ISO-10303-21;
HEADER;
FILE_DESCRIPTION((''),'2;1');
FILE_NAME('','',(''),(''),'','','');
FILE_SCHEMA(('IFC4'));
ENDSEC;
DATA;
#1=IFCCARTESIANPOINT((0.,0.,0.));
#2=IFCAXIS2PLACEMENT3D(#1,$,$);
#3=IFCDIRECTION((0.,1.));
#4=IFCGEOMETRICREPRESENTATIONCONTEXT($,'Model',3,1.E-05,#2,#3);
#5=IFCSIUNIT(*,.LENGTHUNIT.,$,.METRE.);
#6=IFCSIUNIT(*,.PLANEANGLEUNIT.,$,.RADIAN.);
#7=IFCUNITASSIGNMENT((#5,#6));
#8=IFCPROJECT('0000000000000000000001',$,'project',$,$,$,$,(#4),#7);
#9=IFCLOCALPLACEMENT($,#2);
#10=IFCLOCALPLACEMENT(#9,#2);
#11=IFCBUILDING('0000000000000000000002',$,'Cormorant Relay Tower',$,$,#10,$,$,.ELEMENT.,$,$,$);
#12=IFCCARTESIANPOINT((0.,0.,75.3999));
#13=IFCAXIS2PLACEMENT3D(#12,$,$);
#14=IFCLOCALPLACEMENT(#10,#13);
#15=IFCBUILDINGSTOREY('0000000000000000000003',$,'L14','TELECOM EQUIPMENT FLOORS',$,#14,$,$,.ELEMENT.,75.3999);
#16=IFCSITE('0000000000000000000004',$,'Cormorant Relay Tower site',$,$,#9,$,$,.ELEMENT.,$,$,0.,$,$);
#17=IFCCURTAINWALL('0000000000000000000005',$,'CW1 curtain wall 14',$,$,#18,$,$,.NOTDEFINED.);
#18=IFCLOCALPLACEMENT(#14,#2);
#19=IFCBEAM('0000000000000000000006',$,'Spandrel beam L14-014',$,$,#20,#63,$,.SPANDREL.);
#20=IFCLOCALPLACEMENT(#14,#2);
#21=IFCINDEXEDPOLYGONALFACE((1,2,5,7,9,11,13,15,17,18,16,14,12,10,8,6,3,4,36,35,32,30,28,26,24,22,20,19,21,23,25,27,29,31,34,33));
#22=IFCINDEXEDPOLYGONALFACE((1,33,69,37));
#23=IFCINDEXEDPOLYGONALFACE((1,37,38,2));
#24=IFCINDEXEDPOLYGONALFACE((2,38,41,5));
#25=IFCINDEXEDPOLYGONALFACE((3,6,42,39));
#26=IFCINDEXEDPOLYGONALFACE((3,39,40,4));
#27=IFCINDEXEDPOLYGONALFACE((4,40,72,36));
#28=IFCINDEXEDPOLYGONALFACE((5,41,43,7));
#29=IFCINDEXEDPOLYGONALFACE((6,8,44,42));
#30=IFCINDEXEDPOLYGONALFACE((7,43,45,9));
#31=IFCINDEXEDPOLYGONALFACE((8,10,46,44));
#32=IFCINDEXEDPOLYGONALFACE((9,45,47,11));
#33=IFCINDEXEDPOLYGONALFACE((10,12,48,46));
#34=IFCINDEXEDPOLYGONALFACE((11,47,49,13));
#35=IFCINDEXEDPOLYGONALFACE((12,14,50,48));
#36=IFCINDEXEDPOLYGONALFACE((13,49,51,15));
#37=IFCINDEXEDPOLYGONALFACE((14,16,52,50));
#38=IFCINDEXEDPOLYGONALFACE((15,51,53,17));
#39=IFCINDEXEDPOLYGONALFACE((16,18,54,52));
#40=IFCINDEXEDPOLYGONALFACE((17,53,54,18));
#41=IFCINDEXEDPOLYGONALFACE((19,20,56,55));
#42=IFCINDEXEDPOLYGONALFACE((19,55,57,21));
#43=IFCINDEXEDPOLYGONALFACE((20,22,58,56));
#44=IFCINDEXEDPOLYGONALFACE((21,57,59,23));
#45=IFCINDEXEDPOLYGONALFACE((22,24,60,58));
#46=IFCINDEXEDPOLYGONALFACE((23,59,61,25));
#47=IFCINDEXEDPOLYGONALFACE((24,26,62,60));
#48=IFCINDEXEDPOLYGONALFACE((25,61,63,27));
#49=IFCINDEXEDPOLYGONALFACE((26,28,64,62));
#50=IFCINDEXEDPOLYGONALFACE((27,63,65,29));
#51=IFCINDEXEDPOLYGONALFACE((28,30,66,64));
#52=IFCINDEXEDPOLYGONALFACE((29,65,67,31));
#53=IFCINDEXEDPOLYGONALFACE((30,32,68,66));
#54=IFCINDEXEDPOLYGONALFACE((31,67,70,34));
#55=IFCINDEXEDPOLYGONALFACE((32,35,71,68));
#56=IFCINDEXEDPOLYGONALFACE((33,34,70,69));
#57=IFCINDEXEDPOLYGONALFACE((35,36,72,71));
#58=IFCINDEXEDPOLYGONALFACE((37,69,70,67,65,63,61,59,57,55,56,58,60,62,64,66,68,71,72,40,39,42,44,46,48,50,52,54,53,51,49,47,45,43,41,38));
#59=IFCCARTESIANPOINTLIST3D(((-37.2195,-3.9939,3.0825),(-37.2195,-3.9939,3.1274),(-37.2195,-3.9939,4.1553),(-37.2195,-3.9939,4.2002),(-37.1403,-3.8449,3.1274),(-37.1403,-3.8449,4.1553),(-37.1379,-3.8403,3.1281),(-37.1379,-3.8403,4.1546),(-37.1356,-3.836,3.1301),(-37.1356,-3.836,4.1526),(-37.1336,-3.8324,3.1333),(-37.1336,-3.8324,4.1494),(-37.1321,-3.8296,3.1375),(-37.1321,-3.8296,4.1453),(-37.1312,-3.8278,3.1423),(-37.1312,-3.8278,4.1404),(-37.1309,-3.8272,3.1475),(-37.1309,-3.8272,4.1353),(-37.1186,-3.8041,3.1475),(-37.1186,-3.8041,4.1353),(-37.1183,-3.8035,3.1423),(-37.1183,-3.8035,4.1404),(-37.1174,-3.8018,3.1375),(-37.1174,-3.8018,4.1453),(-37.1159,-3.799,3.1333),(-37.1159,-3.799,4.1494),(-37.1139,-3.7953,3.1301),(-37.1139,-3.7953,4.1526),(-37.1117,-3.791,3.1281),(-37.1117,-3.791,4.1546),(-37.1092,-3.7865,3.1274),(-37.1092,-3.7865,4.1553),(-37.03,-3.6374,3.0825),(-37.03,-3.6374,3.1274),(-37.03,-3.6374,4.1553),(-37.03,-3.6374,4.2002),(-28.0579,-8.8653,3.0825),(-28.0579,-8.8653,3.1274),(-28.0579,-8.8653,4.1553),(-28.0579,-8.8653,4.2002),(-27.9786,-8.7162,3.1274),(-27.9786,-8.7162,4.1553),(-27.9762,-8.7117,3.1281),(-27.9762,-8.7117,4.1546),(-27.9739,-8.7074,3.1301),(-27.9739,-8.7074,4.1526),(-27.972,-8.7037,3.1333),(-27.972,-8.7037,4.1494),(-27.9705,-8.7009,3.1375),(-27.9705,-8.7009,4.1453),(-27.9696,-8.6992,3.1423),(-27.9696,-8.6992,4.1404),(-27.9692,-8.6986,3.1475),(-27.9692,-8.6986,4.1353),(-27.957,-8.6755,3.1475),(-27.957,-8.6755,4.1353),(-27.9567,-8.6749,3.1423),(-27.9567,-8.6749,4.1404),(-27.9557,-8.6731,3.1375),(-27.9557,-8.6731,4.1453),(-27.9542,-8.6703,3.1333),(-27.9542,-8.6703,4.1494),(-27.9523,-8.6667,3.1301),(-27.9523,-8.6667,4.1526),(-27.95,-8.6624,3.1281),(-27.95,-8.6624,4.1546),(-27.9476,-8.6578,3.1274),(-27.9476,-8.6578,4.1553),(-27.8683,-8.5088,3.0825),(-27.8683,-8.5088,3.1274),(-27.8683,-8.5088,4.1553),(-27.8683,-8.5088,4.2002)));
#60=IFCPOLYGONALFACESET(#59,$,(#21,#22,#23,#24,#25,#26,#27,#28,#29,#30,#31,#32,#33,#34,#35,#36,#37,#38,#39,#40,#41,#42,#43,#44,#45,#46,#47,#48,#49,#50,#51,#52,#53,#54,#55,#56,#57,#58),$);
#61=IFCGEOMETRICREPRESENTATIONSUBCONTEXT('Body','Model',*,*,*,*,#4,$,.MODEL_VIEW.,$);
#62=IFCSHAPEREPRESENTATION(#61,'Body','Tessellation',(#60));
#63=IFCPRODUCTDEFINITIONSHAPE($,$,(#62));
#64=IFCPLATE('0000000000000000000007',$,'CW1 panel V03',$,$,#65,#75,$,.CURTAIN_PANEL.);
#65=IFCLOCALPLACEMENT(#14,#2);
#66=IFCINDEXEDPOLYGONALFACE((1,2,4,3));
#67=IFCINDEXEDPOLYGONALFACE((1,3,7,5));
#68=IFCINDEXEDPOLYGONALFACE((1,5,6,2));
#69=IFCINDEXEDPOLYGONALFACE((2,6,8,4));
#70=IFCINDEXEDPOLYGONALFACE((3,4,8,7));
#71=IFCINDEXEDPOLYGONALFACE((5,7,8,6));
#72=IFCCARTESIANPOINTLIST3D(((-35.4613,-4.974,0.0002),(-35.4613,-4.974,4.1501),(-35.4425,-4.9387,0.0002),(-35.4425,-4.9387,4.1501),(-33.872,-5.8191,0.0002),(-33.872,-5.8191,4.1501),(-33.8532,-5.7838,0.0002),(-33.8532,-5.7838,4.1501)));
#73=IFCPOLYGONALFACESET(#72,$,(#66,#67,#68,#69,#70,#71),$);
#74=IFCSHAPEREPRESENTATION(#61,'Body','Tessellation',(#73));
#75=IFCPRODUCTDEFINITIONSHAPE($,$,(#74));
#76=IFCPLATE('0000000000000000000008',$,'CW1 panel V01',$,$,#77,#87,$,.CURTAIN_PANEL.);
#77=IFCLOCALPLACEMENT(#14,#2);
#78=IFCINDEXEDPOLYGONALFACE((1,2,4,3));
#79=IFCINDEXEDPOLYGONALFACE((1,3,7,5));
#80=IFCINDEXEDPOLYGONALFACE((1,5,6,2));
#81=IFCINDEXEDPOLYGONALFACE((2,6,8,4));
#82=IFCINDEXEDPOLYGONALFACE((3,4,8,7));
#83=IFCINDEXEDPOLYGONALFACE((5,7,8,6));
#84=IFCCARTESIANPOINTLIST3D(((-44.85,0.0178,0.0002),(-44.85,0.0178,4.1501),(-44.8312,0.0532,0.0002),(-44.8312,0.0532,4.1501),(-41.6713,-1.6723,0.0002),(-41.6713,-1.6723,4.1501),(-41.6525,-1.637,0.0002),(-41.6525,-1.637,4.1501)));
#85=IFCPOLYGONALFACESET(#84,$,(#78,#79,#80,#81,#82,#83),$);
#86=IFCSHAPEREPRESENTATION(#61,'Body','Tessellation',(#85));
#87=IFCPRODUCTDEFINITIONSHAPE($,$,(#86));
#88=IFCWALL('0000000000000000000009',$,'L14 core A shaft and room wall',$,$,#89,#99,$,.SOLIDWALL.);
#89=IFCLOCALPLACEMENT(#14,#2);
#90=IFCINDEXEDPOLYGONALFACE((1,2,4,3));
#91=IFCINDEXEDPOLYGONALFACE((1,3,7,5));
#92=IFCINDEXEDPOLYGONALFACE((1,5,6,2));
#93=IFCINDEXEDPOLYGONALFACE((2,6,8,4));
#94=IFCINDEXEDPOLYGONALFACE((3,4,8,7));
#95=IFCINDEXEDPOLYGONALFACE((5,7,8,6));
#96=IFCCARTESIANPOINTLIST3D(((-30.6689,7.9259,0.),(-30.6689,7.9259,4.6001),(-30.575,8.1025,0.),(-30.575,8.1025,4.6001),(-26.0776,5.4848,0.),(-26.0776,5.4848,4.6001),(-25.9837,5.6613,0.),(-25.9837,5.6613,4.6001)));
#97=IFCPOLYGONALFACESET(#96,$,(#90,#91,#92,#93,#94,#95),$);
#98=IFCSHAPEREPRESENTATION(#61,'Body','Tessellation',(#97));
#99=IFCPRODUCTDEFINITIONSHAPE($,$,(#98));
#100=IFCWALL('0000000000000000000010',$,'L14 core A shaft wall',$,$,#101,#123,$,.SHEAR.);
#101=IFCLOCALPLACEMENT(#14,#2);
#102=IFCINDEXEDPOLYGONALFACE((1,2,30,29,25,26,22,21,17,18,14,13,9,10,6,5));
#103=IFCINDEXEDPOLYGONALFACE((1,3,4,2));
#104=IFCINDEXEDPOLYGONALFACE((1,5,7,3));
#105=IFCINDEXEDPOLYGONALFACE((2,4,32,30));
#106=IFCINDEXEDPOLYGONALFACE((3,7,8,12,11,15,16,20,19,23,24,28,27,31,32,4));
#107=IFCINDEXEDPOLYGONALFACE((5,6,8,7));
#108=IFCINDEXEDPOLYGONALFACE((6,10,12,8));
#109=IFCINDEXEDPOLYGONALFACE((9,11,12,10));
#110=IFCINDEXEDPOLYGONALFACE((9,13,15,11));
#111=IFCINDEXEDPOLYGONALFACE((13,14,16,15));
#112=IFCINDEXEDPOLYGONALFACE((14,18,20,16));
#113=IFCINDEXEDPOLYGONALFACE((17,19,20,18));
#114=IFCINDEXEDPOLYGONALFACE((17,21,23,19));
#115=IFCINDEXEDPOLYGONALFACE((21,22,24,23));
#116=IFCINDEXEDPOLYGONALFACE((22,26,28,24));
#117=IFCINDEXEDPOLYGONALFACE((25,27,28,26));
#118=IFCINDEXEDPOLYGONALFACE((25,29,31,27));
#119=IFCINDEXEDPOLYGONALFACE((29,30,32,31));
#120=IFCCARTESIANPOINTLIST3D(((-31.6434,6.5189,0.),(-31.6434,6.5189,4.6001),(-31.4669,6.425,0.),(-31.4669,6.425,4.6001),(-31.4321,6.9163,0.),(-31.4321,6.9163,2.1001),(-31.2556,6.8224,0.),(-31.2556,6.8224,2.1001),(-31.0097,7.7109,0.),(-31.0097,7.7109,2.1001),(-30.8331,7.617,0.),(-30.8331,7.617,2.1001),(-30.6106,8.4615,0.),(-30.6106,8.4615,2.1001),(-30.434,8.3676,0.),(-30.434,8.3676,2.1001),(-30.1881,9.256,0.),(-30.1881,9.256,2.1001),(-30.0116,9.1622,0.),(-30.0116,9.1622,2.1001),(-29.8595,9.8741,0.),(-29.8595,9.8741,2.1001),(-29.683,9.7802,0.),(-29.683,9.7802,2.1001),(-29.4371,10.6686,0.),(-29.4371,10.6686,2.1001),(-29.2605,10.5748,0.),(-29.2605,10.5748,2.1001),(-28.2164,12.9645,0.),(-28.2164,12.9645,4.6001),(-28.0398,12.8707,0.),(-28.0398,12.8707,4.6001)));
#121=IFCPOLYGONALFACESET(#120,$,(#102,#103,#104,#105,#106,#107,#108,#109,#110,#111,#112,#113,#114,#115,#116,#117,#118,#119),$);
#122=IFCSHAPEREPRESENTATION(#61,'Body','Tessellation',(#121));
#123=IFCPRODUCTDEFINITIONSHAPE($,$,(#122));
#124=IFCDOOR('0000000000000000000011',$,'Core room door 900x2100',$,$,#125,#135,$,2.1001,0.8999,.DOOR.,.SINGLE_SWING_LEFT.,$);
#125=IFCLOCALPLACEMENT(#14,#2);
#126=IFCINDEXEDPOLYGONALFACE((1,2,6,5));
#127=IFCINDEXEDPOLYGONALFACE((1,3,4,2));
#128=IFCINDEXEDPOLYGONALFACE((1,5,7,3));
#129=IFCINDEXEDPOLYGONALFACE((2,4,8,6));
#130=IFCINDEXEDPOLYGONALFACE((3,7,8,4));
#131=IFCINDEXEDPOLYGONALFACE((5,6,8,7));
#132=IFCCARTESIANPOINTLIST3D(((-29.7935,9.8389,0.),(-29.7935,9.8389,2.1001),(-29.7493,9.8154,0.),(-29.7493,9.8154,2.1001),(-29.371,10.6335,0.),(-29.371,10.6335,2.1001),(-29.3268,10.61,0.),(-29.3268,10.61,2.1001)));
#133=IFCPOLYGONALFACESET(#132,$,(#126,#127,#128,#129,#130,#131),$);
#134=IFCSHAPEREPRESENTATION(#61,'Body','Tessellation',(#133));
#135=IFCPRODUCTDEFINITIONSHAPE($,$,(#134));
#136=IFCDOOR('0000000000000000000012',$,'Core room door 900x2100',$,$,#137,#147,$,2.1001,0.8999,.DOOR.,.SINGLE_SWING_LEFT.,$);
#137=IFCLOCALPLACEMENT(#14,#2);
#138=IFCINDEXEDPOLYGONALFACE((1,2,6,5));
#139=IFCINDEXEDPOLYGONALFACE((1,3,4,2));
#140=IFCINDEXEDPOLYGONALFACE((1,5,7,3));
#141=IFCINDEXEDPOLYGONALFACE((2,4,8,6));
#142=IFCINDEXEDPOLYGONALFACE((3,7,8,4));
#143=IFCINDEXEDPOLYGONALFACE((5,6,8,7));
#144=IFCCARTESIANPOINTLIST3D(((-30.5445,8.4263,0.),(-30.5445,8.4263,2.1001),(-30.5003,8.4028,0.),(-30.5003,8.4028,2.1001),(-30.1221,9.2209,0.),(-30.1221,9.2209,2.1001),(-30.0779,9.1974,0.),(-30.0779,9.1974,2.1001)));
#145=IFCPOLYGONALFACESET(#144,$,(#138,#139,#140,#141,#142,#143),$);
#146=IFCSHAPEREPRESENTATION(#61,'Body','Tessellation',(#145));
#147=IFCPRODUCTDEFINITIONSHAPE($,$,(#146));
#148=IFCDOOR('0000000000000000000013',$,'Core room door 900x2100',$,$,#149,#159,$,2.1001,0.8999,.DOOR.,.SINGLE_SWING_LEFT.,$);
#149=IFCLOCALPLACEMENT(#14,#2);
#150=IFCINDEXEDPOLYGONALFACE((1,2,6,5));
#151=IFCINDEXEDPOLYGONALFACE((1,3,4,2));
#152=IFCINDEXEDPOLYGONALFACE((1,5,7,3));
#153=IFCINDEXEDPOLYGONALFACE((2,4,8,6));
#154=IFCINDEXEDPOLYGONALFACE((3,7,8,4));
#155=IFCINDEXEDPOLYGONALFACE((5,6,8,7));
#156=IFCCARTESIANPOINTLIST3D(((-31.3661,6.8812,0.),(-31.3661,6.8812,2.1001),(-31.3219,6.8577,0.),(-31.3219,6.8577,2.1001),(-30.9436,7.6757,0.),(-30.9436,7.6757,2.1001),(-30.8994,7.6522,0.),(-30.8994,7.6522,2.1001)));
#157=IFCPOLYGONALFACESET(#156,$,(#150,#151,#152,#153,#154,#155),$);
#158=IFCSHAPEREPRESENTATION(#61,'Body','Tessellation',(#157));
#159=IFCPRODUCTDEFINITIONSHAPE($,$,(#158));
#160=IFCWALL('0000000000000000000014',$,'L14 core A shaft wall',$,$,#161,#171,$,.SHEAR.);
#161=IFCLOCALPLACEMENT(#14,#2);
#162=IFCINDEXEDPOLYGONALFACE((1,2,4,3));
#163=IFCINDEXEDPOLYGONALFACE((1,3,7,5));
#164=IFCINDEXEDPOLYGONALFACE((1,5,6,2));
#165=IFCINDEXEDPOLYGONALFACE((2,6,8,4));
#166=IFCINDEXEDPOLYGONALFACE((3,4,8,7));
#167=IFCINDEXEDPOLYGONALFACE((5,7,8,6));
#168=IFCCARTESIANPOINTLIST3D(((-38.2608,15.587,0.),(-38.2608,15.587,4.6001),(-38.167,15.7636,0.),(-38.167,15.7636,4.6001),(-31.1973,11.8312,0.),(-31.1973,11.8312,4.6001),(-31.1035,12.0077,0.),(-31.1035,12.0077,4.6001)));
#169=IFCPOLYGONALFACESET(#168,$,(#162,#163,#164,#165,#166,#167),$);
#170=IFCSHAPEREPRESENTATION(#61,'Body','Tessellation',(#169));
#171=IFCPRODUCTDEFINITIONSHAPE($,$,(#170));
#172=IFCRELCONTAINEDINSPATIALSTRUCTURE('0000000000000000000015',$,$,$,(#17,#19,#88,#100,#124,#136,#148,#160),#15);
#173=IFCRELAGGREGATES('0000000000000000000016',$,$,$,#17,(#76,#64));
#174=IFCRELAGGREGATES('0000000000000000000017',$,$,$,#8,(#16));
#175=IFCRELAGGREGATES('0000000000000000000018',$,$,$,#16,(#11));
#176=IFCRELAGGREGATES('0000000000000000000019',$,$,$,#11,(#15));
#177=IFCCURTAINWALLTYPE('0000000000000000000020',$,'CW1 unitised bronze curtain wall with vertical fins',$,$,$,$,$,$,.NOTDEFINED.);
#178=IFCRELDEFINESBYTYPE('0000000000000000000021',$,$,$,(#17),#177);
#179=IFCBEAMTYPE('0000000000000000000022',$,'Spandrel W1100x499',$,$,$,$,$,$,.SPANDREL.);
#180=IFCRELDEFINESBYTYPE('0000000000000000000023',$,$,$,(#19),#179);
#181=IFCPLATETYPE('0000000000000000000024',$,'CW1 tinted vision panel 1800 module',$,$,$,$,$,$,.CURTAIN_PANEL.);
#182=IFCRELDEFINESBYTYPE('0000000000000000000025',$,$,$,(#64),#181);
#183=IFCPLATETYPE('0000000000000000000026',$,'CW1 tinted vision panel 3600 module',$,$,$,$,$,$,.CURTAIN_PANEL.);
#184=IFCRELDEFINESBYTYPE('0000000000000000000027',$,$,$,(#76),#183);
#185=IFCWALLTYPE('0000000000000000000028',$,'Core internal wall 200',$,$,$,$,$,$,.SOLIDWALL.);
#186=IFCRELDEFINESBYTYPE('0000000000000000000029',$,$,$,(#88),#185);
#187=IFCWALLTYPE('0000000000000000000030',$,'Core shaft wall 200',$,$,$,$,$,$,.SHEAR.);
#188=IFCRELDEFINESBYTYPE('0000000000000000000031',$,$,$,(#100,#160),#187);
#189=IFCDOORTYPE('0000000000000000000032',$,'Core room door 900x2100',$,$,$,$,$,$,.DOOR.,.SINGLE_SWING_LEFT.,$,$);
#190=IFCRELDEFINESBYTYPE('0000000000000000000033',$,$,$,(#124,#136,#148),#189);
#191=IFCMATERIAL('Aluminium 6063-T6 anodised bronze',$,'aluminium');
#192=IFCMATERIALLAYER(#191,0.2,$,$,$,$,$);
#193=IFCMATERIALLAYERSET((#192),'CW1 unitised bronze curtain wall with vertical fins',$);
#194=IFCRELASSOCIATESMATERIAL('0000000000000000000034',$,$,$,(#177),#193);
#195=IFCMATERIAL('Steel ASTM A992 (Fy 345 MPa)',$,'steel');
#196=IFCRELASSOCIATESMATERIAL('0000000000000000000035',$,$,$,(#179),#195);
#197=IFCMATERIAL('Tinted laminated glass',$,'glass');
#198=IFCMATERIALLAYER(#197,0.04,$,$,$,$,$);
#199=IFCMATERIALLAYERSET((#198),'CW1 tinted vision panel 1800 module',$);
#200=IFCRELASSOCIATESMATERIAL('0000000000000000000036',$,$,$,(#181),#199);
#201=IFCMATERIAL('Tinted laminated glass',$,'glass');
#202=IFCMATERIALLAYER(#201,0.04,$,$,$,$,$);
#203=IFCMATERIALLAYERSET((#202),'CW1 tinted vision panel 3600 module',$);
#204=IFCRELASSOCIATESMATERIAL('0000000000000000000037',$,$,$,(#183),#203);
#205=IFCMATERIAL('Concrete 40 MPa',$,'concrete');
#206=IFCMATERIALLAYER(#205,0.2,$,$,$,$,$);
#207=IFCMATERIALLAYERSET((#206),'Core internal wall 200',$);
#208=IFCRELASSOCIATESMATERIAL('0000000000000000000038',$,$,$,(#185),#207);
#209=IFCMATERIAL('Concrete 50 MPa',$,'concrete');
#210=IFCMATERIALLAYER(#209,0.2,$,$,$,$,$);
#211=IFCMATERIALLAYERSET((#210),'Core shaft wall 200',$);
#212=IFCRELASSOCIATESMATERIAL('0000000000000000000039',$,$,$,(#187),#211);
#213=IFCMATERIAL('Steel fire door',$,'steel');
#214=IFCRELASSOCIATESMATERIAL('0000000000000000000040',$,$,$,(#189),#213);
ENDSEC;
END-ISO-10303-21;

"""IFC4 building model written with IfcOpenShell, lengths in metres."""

from ifc_helpers import new_model, si_unit, direction, frame, frame_2d, origin, origin_2d, place, context, subcontext, project, spatial, rectangle, i_section, extrude, material, layer, layer_set, material_profile, profile_set, type_object, element, fill, aggregate, save


model = new_model("IFC4")

# Units and contexts
model_context = context("Model", 3, precision=1e-05, world=origin(), true_north=direction((0.0, 1.0)))
body_context = subcontext(model_context, "Body", "Model", "MODEL_VIEW")
ifc_project = project(units=[si_unit("LENGTHUNIT", "METRE"), si_unit("PLANEANGLEUNIT", "RADIAN")], contexts=[model_context])

# Site, building, storey
site_placement = place(None, origin())
site = spatial("IfcSite", under=ifc_project, at=site_placement, Name="Cormorant Relay Tower site", CompositionType="ELEMENT", RefElevation=0.0)
building_placement = place(site_placement, origin())
building = spatial("IfcBuilding", under=site, at=building_placement, Name="Cormorant Relay Tower", CompositionType="ELEMENT")
storey_placement = place(building_placement, frame((0.0, 0.0, 75.3999)))
storey = spatial("IfcBuildingStorey", under=building, at=storey_placement, Name="L14", Description="TELECOM EQUIPMENT FLOORS", CompositionType="ELEMENT", Elevation=75.3999)

# Curtain wall
ifc_material_1 = material(Name="Aluminium 6063-T6 anodised bronze", Category="aluminium")
ifc_layer_1 = layer(ifc_material_1, 0.2)
ifc_layer_set_1 = layer_set([ifc_layer_1], Name="CW1 unitised bronze curtain wall with vertical fins")
curtain_wall_type = type_object("IfcCurtainWallType", Name="CW1 unitised bronze curtain wall with vertical fins", PredefinedType="NOTDEFINED", material=ifc_layer_set_1)
curtain_wall_placement = place(storey_placement, origin())
curtain_wall = element("IfcCurtainWall", 1, at=curtain_wall_placement, inside=storey, type_object=curtain_wall_type, Name="CW1 curtain wall 14", PredefinedType="NOTDEFINED")

# Beam
ifc_material_2 = material(Name="Steel ASTM A992 (Fy 345 MPa)", Category="steel")
ifc_material_profile_1 = material_profile(ifc_material_2, i_section(OverallWidth=0.4038, OverallDepth=1.1177, WebThickness=0.0261, FlangeThickness=0.0449, FilletRadius=0.02, at=origin_2d()), Name="W1100x499")
ifc_profile_set_1 = profile_set([ifc_material_profile_1], Name="Steel ASTM A992 (Fy 345 MPa)")
beam_type = type_object("IfcBeamType", Name="Spandrel W1100x499", PredefinedType="SPANDREL", material=ifc_profile_set_1)
beam_placement = place(storey_placement, frame((-37.1248, -3.8157, 3.6414), z_axis=(0.882947, -0.469473, 0.0), x_axis=(0.469473, 0.882947, 0.0)))
element("IfcBeam", 2, at=beam_placement, inside=storey, type_object=beam_type, Name="Spandrel beam L14-014", PredefinedType="SPANDREL", context=body_context, shape_type="SweptSolid", body=[
    extrude(i_section(OverallWidth=0.4038, OverallDepth=1.1177, WebThickness=0.0261, FlangeThickness=0.0449, FilletRadius=0.02, at=origin_2d()), origin(), (0.0, 0.0, 1.0), 10.3762),
])

# Plates
ifc_material_3 = material(Name="Tinted laminated glass", Category="glass")
ifc_layer_2 = layer(ifc_material_3, 0.04)
ifc_layer_set_2 = layer_set([ifc_layer_2], Name="CW1 tinted vision panel 1800 module")
plate_type_1 = type_object("IfcPlateType", Name="CW1 tinted vision panel 1800 module", PredefinedType="CURTAIN_PANEL", material=ifc_layer_set_2)
plate_1_placement = place(storey_placement, frame((-34.6572, -5.3789, 0.0002), z_axis=(0.0, 0.0, 1.0), x_axis=(0.882948, -0.469472, 0.0)))
plate_1 = element("IfcPlate", 3, at=plate_1_placement, type_object=plate_type_1, Name="CW1 panel V03", PredefinedType="CURTAIN_PANEL", context=body_context, shape_type="SweptSolid", body=[
    extrude(rectangle(XDim=1.8, YDim=0.04, at=origin_2d()), origin(), (0.0, 0.0, 1.0), 4.1499),
])
ifc_material_4 = material(Name="Tinted laminated glass", Category="glass")
ifc_layer_3 = layer(ifc_material_4, 0.04)
ifc_layer_set_3 = layer_set([ifc_layer_3], Name="CW1 tinted vision panel 3600 module")
plate_type_2 = type_object("IfcPlateType", Name="CW1 tinted vision panel 3600 module", PredefinedType="CURTAIN_PANEL", material=ifc_layer_set_3)
plate_2_placement = place(storey_placement, frame((-43.2512, -0.8096, 0.0002), z_axis=(0.0, 0.0, 1.0), x_axis=(0.882948, -0.469472, 0.0)))
plate_2 = element("IfcPlate", 4, at=plate_2_placement, type_object=plate_type_2, Name="CW1 panel V01", PredefinedType="CURTAIN_PANEL", context=body_context, shape_type="SweptSolid", body=[
    extrude(rectangle(XDim=3.6001, YDim=0.04, at=origin_2d()), origin(), (0.0, 0.0, 1.0), 4.1499),
])

# Wall
ifc_material_5 = material(Name="Concrete 40 MPa", Category="concrete")
ifc_layer_4 = layer(ifc_material_5, 0.2)
ifc_layer_set_4 = layer_set([ifc_layer_4], Name="Core internal wall 200")
wall_type_1 = type_object("IfcWallType", Name="Core internal wall 200", PredefinedType="SOLIDWALL", material=ifc_layer_set_4)
wall_1_placement = place(storey_placement, frame((-26.0305, 5.573, 0.0), z_axis=(0.0, 0.0, 1.0), x_axis=(-0.882954, 0.46946, 0.0)))
element("IfcWall", 5, at=wall_1_placement, inside=storey, type_object=wall_type_1, Name="L14 core A shaft and room wall", PredefinedType="SOLIDWALL", context=body_context, shape_type="SweptSolid", body=[
    extrude(rectangle(XDim=5.2, YDim=0.2, at=frame_2d((2.6001, 0.0))), origin(), (0.0, 0.0, 1.0), 4.6001),
])

# Wall, openings, doors
ifc_material_6 = material(Name="Concrete 50 MPa", Category="concrete")
ifc_layer_5 = layer(ifc_material_6, 0.2)
ifc_layer_set_5 = layer_set([ifc_layer_5], Name="Core shaft wall 200")
wall_type_2 = type_object("IfcWallType", Name="Core shaft wall 200", PredefinedType="SHEAR", material=ifc_layer_set_5)
wall_2_placement = place(storey_placement, frame((-28.1282, 12.9175, 0.0), z_axis=(0.0, 0.0, 1.0), x_axis=(-0.469454, -0.882957, 0.0)))
wall_2 = element("IfcWall", 6, at=wall_2_placement, inside=storey, type_object=wall_type_2, Name="L14 core A shaft wall", PredefinedType="SHEAR", context=body_context, shape_type="SweptSolid", body=[
    extrude(rectangle(XDim=7.3, YDim=0.2, at=frame_2d((3.6499, 0.0))), origin(), (0.0, 0.0, 1.0), 4.6001),
])
opening_1_placement = place(wall_2_placement, frame((2.6001, 0.0, 0.0)))
opening_1 = element("IfcOpeningElement", 7, at=opening_1_placement, cuts=wall_2, PredefinedType="OPENING", context=body_context, shape_type="SweptSolid", body=[
    extrude(rectangle(XDim=0.8999, YDim=2.1001, at=frame_2d((0.45, 1.05))), frame((0.0, 0.1099, 0.0), z_axis=(0.0, -1.0, 0.0), x_axis=(1.0, 0.0, 0.0)), (0.0, 0.0, 1.0), 0.22),
])
opening_2_placement = place(wall_2_placement, frame((4.2, 0.0, 0.0)))
opening_2 = element("IfcOpeningElement", 8, at=opening_2_placement, cuts=wall_2, PredefinedType="OPENING", context=body_context, shape_type="SweptSolid", body=[
    extrude(rectangle(XDim=0.8999, YDim=2.1001, at=frame_2d((0.45, 1.05))), frame((0.0, 0.1099, 0.0), z_axis=(0.0, -1.0, 0.0), x_axis=(1.0, 0.0, 0.0)), (0.0, 0.0, 1.0), 0.22),
])
opening_3_placement = place(wall_2_placement, frame((5.95, 0.0, 0.0)))
opening_3 = element("IfcOpeningElement", 9, at=opening_3_placement, cuts=wall_2, PredefinedType="OPENING", context=body_context, shape_type="SweptSolid", body=[
    extrude(rectangle(XDim=0.8999, YDim=2.1001, at=frame_2d((0.45, 1.05))), frame((0.0, 0.1099, 0.0), z_axis=(0.0, -1.0, 0.0), x_axis=(1.0, 0.0, 0.0)), (0.0, 0.0, 1.0), 0.22),
])
ifc_material_7 = material(Name="Steel fire door", Category="steel")
door_type = type_object("IfcDoorType", Name="Core room door 900x2100", OperationType="SINGLE_SWING_LEFT", PredefinedType="DOOR", material=ifc_material_7)
door_1_placement = place(opening_1_placement, origin())
door_1 = element("IfcDoor", 10, at=door_1_placement, inside=storey, type_object=door_type, Name="Core room door 900x2100", OperationType="SINGLE_SWING_LEFT", OverallHeight=2.1001, OverallWidth=0.8999, PredefinedType="DOOR", context=body_context, shape_type="SweptSolid", body=[
    extrude(rectangle(XDim=0.8999, YDim=2.1001, at=frame_2d((0.45, 1.05))), frame((0.0, 0.0249, 0.0), z_axis=(0.0, -1.0, 0.0), x_axis=(1.0, 0.0, 0.0)), (0.0, 0.0, 1.0), 0.05),
])
fill(opening_1, door_1)
door_2_placement = place(opening_2_placement, origin())
door_2 = element("IfcDoor", 11, at=door_2_placement, inside=storey, type_object=door_type, Name="Core room door 900x2100", OperationType="SINGLE_SWING_LEFT", OverallHeight=2.1001, OverallWidth=0.8999, PredefinedType="DOOR", context=body_context, shape_type="SweptSolid", body=[
    extrude(rectangle(XDim=0.8999, YDim=2.1001, at=frame_2d((0.45, 1.05))), frame((0.0, 0.0249, 0.0), z_axis=(0.0, -1.0, 0.0), x_axis=(1.0, 0.0, 0.0)), (0.0, 0.0, 1.0), 0.05),
])
fill(opening_2, door_2)
door_3_placement = place(opening_3_placement, origin())
door_3 = element("IfcDoor", 12, at=door_3_placement, inside=storey, type_object=door_type, Name="Core room door 900x2100", OperationType="SINGLE_SWING_LEFT", OverallHeight=2.1001, OverallWidth=0.8999, PredefinedType="DOOR", context=body_context, shape_type="SweptSolid", body=[
    extrude(rectangle(XDim=0.8999, YDim=2.1001, at=frame_2d((0.45, 1.05))), frame((0.0, 0.0249, 0.0), z_axis=(0.0, -1.0, 0.0), x_axis=(1.0, 0.0, 0.0)), (0.0, 0.0, 1.0), 0.05),
])
fill(opening_3, door_3)

# Wall
for number, where, z_axis, x_axis, name in (
    (13, (-31.1504, 11.9194, 0.0), (0.0, 0.0, 1.0), (-0.88294, 0.469485, 0.0), "L14 core A shaft wall"),
):
    element("IfcWall", number, at=place(storey_placement, frame(where, z_axis=z_axis, x_axis=x_axis)), inside=storey, type_object=wall_type_2, Name=name, PredefinedType="SHEAR", context=body_context, shape_type="SweptSolid", body=[
        extrude(rectangle(XDim=8.0, YDim=0.2, at=frame_2d((4.0, 0.0))), origin(), (0.0, 0.0, 1.0), 4.6001),
    ])

aggregate(curtain_wall, [plate_2, plate_1])

save(model, "model.ifc")
